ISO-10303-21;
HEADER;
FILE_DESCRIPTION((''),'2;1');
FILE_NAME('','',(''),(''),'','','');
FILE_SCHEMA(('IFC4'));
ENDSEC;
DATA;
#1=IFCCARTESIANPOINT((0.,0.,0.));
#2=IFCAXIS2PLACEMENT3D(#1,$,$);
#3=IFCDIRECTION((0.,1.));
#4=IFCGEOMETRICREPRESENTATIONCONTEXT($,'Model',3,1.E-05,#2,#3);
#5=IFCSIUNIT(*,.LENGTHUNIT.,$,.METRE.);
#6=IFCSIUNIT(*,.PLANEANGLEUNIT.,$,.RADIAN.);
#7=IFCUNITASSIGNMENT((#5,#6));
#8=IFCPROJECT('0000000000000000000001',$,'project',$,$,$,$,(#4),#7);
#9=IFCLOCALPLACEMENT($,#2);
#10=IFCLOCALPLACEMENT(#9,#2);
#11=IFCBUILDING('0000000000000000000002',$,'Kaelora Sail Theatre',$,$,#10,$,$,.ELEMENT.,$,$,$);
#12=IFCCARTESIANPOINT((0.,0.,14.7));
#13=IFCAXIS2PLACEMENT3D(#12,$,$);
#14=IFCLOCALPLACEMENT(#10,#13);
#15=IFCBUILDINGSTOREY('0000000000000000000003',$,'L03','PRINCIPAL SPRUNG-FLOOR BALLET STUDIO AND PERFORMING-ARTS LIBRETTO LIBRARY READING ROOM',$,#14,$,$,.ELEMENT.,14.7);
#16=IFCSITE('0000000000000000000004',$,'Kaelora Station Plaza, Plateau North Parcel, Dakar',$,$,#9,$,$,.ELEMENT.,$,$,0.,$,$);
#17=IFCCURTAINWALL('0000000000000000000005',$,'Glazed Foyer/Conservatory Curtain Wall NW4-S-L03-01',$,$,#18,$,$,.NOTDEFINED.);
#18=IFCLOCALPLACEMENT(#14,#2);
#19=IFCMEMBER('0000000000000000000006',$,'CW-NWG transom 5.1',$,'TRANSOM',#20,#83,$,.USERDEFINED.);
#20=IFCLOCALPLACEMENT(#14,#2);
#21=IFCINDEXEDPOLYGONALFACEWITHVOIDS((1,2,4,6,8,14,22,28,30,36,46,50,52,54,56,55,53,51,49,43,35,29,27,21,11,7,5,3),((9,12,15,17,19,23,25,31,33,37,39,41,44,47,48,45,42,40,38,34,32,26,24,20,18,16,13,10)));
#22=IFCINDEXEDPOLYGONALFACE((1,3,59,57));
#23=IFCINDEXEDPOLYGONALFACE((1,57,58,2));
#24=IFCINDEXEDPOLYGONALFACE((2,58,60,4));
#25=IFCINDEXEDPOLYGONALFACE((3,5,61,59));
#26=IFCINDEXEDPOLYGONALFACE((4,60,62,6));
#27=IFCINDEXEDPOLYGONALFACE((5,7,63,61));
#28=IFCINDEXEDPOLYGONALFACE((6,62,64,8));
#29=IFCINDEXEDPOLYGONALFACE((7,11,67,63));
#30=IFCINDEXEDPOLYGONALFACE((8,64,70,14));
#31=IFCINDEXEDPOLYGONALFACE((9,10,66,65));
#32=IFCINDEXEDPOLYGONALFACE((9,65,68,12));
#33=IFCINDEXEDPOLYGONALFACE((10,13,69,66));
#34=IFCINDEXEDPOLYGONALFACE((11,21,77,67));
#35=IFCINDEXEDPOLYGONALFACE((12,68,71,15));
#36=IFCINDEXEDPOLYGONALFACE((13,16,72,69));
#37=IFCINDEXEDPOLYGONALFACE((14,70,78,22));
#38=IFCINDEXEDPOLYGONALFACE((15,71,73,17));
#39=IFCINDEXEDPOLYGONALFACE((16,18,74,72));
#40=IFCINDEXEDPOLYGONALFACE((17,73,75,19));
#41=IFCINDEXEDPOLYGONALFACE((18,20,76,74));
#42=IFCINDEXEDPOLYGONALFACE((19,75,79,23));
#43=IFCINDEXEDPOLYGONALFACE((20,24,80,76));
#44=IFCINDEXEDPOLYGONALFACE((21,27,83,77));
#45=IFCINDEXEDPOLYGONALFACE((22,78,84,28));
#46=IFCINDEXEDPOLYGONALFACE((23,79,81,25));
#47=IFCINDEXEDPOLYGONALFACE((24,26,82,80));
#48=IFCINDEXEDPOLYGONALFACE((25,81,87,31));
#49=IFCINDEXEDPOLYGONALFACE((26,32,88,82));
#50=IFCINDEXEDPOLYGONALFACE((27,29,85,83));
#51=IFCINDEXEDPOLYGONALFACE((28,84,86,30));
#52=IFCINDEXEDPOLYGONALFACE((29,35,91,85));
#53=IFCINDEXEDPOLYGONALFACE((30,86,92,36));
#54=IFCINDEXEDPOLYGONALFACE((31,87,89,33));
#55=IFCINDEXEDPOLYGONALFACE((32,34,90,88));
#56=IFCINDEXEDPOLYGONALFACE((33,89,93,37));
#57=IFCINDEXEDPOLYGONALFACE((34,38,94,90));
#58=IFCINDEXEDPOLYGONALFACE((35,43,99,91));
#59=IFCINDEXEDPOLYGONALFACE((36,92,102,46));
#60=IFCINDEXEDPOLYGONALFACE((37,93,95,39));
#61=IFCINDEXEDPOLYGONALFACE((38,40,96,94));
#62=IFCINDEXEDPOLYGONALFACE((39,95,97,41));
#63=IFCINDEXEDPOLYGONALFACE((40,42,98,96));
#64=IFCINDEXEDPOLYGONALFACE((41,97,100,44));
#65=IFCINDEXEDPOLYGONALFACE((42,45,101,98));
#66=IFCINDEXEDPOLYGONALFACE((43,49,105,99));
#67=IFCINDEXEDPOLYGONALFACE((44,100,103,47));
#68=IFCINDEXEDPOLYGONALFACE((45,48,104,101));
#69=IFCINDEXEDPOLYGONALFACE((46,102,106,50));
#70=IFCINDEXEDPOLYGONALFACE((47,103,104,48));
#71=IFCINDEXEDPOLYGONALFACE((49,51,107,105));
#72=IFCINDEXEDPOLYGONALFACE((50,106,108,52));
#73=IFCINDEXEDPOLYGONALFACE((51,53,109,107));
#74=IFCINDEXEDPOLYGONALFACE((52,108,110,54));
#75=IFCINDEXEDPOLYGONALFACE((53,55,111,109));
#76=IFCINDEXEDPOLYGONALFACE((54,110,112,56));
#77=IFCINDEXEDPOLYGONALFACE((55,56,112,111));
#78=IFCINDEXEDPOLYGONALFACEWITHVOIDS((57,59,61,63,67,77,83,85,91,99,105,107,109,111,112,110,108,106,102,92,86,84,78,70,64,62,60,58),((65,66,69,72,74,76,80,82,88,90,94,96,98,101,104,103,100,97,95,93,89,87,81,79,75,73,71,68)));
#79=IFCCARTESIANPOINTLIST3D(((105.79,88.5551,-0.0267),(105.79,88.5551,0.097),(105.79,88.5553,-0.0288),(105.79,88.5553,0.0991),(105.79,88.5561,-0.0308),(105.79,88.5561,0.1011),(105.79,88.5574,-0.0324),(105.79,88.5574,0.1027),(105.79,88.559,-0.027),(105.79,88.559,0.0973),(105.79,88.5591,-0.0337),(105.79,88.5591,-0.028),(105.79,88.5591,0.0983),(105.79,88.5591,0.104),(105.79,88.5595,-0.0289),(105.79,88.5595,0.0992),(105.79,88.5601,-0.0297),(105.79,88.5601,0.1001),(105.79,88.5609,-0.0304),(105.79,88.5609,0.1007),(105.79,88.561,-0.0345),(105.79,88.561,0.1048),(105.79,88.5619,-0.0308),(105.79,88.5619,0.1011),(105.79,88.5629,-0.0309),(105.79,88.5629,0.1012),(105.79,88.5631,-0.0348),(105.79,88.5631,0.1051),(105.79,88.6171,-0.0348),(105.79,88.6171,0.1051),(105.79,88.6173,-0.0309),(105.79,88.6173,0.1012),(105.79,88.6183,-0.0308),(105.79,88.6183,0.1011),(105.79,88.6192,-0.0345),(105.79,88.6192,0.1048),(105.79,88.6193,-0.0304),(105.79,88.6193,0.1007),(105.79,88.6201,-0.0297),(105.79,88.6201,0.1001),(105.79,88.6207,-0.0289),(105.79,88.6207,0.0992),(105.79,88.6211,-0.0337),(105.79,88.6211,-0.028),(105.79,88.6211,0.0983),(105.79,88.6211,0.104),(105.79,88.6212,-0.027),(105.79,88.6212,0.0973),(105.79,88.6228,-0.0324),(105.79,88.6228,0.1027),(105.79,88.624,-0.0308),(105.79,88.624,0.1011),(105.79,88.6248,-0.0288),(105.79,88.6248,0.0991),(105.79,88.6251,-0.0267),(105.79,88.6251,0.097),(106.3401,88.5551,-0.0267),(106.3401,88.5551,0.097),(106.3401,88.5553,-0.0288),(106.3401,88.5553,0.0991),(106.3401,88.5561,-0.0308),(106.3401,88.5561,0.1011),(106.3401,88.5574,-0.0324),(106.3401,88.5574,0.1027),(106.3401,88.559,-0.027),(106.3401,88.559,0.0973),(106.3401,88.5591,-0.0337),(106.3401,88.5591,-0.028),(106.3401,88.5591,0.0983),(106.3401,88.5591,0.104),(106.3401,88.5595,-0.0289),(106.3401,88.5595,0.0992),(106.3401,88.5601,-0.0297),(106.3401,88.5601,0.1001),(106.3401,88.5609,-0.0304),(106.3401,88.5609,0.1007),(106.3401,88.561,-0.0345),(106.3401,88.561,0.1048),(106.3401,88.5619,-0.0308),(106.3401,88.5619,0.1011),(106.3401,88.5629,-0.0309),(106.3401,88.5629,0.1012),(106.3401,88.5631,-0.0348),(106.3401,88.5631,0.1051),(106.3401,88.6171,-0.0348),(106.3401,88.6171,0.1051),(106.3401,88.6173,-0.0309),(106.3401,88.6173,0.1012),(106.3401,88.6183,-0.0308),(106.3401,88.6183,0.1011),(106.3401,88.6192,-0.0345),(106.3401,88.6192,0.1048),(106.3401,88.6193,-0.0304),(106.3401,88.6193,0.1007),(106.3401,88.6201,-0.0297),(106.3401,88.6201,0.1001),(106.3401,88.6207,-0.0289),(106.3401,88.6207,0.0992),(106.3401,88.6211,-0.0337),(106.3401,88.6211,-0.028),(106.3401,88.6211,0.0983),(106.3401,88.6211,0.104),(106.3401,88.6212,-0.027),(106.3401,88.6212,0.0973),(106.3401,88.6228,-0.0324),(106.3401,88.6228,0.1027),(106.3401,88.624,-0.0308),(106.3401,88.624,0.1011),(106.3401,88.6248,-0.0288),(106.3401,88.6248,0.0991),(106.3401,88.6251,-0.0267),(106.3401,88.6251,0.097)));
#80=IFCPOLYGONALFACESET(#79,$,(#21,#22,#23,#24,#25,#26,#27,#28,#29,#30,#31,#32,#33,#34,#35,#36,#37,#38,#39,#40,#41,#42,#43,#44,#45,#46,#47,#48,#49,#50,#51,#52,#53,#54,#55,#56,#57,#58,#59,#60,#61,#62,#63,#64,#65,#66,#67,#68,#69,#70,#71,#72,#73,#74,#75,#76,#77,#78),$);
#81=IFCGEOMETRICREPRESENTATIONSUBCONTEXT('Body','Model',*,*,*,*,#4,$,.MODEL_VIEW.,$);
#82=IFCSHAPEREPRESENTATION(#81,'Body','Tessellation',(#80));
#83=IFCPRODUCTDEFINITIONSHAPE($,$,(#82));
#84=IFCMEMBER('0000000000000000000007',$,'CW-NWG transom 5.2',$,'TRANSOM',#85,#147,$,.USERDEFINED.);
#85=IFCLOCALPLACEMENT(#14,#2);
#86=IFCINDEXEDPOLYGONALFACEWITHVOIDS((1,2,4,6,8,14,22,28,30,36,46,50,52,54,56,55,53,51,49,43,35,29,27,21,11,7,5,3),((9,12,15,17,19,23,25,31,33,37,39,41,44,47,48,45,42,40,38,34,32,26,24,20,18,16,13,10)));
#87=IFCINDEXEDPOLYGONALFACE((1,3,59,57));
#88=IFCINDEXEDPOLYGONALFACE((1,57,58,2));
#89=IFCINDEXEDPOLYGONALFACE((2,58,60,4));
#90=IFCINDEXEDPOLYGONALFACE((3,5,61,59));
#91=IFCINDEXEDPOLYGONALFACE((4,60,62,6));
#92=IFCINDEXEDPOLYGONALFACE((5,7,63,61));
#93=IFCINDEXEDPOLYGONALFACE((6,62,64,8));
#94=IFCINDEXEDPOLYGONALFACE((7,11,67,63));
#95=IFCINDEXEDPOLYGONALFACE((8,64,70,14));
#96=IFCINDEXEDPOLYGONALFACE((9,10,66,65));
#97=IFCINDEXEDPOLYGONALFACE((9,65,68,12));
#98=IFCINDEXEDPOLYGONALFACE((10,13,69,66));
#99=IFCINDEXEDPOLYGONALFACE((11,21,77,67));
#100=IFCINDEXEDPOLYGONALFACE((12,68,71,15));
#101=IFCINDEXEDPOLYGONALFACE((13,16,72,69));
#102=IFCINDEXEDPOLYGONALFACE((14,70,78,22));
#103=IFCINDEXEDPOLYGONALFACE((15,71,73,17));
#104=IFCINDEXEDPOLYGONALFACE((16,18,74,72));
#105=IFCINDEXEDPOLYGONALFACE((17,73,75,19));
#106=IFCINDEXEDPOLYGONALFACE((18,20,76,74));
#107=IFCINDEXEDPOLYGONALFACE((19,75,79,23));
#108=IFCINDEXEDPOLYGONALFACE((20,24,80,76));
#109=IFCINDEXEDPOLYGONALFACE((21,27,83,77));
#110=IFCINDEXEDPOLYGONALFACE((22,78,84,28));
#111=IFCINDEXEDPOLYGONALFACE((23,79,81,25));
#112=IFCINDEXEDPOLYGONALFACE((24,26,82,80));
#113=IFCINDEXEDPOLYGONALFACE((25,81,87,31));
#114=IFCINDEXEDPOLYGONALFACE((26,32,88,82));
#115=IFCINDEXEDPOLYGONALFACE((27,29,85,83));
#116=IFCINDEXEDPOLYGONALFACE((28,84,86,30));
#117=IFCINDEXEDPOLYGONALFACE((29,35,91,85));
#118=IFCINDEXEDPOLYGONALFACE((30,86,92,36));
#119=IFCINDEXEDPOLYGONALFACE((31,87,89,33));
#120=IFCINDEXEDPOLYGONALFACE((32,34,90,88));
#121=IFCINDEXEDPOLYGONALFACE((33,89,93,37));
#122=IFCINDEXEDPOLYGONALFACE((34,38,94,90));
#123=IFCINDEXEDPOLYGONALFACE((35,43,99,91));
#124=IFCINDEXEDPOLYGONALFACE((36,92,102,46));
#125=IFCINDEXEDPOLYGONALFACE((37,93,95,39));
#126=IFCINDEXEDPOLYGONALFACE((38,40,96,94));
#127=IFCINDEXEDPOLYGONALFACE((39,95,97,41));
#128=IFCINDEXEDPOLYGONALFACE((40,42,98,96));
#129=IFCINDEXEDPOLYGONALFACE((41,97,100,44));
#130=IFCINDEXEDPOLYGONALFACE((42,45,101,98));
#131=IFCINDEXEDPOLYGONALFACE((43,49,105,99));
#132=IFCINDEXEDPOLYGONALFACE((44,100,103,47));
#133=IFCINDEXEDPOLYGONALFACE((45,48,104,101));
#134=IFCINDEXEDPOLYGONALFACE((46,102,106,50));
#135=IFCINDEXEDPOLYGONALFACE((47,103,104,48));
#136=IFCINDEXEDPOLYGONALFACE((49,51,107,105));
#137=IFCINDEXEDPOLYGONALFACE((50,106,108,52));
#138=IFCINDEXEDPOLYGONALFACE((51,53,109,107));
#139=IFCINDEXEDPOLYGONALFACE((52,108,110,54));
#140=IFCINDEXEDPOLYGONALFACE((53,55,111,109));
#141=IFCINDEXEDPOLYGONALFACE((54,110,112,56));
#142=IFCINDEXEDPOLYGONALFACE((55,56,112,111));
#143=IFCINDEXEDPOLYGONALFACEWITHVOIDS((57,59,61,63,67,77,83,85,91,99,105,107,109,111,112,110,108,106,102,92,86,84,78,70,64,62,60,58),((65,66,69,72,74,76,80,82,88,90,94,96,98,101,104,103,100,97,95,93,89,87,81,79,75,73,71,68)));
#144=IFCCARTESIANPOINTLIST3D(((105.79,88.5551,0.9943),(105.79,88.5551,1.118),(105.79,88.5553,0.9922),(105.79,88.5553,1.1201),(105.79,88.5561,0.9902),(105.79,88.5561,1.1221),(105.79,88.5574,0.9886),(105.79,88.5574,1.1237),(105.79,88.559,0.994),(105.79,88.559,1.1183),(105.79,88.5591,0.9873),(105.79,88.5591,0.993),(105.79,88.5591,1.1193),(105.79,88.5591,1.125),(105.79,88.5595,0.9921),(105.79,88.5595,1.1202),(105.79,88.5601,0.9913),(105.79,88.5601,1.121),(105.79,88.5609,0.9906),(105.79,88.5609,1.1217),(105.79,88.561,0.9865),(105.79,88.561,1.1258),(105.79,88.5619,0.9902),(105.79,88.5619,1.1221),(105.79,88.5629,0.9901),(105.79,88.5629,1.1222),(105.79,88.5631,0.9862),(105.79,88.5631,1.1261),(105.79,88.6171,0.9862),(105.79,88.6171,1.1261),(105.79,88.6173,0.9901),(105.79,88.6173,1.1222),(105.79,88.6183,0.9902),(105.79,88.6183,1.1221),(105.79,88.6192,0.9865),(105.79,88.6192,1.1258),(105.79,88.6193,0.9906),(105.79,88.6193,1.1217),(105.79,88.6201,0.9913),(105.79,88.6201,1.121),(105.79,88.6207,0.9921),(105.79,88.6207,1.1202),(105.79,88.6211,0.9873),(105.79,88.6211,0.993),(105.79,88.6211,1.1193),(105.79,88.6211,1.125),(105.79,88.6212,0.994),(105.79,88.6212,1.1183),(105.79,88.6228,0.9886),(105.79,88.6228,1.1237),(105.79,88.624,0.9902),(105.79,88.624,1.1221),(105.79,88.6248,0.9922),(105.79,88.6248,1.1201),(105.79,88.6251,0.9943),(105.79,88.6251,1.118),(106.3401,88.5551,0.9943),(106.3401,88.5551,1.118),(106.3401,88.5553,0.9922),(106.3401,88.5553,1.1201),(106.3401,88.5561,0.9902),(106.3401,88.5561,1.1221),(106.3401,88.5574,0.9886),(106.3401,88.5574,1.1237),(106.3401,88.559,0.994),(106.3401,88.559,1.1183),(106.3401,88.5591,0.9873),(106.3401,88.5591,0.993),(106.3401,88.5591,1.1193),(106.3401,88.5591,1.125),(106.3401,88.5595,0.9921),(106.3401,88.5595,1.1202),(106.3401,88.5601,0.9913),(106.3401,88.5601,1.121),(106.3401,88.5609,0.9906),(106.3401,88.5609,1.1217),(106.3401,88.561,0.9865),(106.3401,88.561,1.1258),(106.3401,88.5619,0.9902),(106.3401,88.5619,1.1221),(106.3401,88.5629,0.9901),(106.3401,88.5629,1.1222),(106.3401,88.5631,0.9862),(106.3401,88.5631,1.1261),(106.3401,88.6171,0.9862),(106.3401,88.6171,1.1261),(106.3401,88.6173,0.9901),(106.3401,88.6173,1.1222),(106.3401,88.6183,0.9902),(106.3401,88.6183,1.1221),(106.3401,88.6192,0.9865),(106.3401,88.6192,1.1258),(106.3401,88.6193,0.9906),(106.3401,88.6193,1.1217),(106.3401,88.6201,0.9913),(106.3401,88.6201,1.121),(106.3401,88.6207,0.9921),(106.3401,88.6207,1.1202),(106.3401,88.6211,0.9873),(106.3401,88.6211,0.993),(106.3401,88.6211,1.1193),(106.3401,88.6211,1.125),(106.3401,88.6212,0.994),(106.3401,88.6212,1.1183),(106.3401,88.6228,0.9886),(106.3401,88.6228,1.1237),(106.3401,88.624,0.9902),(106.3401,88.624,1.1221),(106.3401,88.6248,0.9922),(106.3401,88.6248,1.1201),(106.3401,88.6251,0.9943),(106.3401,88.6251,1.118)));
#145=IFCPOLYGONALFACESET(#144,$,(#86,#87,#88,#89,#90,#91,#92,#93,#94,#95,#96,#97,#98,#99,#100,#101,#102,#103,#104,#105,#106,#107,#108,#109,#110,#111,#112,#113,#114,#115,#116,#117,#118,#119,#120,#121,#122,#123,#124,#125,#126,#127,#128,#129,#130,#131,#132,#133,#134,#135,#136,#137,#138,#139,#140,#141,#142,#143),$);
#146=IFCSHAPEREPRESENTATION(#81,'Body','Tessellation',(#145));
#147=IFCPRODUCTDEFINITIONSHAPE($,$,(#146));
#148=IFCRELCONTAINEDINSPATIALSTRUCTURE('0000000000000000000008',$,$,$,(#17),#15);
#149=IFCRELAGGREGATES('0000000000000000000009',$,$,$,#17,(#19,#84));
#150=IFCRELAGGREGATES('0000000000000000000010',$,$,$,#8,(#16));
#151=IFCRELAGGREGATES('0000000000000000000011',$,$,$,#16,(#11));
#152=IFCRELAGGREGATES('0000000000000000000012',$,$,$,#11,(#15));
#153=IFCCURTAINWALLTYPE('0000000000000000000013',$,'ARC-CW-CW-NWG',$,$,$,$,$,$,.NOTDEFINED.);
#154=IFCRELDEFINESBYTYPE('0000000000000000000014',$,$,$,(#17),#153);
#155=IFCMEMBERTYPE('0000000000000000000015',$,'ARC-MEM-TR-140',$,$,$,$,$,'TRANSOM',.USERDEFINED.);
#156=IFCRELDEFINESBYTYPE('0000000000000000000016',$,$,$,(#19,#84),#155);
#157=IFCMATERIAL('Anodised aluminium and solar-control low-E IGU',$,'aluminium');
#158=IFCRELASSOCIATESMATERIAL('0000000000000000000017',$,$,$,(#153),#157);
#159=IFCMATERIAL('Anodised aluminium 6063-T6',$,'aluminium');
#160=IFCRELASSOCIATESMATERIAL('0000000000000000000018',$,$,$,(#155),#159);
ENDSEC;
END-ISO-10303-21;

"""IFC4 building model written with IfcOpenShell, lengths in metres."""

from ifc_helpers import new_model, si_unit, direction, frame, origin, origin_2d, place, context, subcontext, project, spatial, hollow_rectangle, extrude, material, material_profile, profile_set, type_object, element, aggregate, save


model = new_model("IFC4")

# Units and contexts
model_context = context("Model", 3, precision=1e-05, world=origin(), true_north=direction((0.0, 1.0)))
body_context = subcontext(model_context, "Body", "Model", "MODEL_VIEW")
ifc_project = project(units=[si_unit("LENGTHUNIT", "METRE"), si_unit("PLANEANGLEUNIT", "RADIAN")], contexts=[model_context])

# Site, building, storey
site_placement = place(None, origin())
site = spatial("IfcSite", under=ifc_project, at=site_placement, Name="Kaelora Station Plaza, Plateau North Parcel, Dakar", CompositionType="ELEMENT", RefElevation=0.0)
building_placement = place(site_placement, origin())
building = spatial("IfcBuilding", under=site, at=building_placement, Name="Kaelora Sail Theatre", CompositionType="ELEMENT")
storey_placement = place(building_placement, frame((0.0, 0.0, 14.7)))
storey = spatial("IfcBuildingStorey", under=building, at=storey_placement, Name="L03", Description="PRINCIPAL SPRUNG-FLOOR BALLET STUDIO AND PERFORMING-ARTS LIBRETTO LIBRARY READING ROOM", CompositionType="ELEMENT", Elevation=14.7)

# Curtain wall
ifc_material_1 = material(Name="Anodised aluminium and solar-control low-E IGU", Category="aluminium")
curtain_wall_type = type_object("IfcCurtainWallType", Name="ARC-CW-CW-NWG", PredefinedType="NOTDEFINED", material=ifc_material_1)
curtain_wall_1_placement = place(storey_placement, origin())
curtain_wall_1 = element("IfcCurtainWall", 1, at=curtain_wall_1_placement, inside=storey, type_object=curtain_wall_type, Name="Glazed Foyer/Conservatory Curtain Wall NW4-S-L03-01", PredefinedType="NOTDEFINED")

# Members
ifc_material_2 = material(Name="Anodised aluminium 6063-T6", Category="aluminium")
ifc_material_profile_1 = material_profile(ifc_material_2, hollow_rectangle(XDim=0.0701, YDim=0.1399, WallThickness=0.0039, InnerFilletRadius=0.0039, OuterFilletRadius=0.0081, at=origin_2d()), Name="ALU-TRAN 70x140x4")
ifc_profile_set_1 = profile_set([ifc_material_profile_1], Name="Anodised aluminium 6063-T6")
member_type_1 = type_object("IfcMemberType", Name="ARC-MEM-TR-140", ElementType="TRANSOM", PredefinedType="USERDEFINED", material=ifc_profile_set_1)
member_1_placement = place(storey_placement, frame((105.79, 88.5901, 0.0352), z_axis=(1.0, 0.0, 0.0), x_axis=(0.0, 1.0, 0.0)))
member_1 = element("IfcMember", 2, at=member_1_placement, type_object=member_type_1, Name="CW-NWG transom 5.1", ObjectType="TRANSOM", PredefinedType="USERDEFINED", context=body_context, shape_type="SweptSolid", body=[
    extrude(hollow_rectangle(XDim=0.0701, YDim=0.1399, WallThickness=0.0039, InnerFilletRadius=0.0039, OuterFilletRadius=0.0081, at=origin_2d()), origin(), (0.0, 0.0, 1.0), 0.55),
])
member_2_placement = place(storey_placement, frame((105.79, 88.5901, 1.0562), z_axis=(1.0, 0.0, 0.0), x_axis=(0.0, 1.0, 0.0)))
member_2 = element("IfcMember", 3, at=member_2_placement, type_object=member_type_1, Name="CW-NWG transom 5.2", ObjectType="TRANSOM", PredefinedType="USERDEFINED", context=body_context, shape_type="SweptSolid", body=[
    extrude(hollow_rectangle(XDim=0.0701, YDim=0.1399, WallThickness=0.0039, InnerFilletRadius=0.0039, OuterFilletRadius=0.0081, at=origin_2d()), origin(), (0.0, 0.0, 1.0), 0.55),
])

aggregate(curtain_wall_1, [member_1, member_2])

save(model, "model.ifc")
